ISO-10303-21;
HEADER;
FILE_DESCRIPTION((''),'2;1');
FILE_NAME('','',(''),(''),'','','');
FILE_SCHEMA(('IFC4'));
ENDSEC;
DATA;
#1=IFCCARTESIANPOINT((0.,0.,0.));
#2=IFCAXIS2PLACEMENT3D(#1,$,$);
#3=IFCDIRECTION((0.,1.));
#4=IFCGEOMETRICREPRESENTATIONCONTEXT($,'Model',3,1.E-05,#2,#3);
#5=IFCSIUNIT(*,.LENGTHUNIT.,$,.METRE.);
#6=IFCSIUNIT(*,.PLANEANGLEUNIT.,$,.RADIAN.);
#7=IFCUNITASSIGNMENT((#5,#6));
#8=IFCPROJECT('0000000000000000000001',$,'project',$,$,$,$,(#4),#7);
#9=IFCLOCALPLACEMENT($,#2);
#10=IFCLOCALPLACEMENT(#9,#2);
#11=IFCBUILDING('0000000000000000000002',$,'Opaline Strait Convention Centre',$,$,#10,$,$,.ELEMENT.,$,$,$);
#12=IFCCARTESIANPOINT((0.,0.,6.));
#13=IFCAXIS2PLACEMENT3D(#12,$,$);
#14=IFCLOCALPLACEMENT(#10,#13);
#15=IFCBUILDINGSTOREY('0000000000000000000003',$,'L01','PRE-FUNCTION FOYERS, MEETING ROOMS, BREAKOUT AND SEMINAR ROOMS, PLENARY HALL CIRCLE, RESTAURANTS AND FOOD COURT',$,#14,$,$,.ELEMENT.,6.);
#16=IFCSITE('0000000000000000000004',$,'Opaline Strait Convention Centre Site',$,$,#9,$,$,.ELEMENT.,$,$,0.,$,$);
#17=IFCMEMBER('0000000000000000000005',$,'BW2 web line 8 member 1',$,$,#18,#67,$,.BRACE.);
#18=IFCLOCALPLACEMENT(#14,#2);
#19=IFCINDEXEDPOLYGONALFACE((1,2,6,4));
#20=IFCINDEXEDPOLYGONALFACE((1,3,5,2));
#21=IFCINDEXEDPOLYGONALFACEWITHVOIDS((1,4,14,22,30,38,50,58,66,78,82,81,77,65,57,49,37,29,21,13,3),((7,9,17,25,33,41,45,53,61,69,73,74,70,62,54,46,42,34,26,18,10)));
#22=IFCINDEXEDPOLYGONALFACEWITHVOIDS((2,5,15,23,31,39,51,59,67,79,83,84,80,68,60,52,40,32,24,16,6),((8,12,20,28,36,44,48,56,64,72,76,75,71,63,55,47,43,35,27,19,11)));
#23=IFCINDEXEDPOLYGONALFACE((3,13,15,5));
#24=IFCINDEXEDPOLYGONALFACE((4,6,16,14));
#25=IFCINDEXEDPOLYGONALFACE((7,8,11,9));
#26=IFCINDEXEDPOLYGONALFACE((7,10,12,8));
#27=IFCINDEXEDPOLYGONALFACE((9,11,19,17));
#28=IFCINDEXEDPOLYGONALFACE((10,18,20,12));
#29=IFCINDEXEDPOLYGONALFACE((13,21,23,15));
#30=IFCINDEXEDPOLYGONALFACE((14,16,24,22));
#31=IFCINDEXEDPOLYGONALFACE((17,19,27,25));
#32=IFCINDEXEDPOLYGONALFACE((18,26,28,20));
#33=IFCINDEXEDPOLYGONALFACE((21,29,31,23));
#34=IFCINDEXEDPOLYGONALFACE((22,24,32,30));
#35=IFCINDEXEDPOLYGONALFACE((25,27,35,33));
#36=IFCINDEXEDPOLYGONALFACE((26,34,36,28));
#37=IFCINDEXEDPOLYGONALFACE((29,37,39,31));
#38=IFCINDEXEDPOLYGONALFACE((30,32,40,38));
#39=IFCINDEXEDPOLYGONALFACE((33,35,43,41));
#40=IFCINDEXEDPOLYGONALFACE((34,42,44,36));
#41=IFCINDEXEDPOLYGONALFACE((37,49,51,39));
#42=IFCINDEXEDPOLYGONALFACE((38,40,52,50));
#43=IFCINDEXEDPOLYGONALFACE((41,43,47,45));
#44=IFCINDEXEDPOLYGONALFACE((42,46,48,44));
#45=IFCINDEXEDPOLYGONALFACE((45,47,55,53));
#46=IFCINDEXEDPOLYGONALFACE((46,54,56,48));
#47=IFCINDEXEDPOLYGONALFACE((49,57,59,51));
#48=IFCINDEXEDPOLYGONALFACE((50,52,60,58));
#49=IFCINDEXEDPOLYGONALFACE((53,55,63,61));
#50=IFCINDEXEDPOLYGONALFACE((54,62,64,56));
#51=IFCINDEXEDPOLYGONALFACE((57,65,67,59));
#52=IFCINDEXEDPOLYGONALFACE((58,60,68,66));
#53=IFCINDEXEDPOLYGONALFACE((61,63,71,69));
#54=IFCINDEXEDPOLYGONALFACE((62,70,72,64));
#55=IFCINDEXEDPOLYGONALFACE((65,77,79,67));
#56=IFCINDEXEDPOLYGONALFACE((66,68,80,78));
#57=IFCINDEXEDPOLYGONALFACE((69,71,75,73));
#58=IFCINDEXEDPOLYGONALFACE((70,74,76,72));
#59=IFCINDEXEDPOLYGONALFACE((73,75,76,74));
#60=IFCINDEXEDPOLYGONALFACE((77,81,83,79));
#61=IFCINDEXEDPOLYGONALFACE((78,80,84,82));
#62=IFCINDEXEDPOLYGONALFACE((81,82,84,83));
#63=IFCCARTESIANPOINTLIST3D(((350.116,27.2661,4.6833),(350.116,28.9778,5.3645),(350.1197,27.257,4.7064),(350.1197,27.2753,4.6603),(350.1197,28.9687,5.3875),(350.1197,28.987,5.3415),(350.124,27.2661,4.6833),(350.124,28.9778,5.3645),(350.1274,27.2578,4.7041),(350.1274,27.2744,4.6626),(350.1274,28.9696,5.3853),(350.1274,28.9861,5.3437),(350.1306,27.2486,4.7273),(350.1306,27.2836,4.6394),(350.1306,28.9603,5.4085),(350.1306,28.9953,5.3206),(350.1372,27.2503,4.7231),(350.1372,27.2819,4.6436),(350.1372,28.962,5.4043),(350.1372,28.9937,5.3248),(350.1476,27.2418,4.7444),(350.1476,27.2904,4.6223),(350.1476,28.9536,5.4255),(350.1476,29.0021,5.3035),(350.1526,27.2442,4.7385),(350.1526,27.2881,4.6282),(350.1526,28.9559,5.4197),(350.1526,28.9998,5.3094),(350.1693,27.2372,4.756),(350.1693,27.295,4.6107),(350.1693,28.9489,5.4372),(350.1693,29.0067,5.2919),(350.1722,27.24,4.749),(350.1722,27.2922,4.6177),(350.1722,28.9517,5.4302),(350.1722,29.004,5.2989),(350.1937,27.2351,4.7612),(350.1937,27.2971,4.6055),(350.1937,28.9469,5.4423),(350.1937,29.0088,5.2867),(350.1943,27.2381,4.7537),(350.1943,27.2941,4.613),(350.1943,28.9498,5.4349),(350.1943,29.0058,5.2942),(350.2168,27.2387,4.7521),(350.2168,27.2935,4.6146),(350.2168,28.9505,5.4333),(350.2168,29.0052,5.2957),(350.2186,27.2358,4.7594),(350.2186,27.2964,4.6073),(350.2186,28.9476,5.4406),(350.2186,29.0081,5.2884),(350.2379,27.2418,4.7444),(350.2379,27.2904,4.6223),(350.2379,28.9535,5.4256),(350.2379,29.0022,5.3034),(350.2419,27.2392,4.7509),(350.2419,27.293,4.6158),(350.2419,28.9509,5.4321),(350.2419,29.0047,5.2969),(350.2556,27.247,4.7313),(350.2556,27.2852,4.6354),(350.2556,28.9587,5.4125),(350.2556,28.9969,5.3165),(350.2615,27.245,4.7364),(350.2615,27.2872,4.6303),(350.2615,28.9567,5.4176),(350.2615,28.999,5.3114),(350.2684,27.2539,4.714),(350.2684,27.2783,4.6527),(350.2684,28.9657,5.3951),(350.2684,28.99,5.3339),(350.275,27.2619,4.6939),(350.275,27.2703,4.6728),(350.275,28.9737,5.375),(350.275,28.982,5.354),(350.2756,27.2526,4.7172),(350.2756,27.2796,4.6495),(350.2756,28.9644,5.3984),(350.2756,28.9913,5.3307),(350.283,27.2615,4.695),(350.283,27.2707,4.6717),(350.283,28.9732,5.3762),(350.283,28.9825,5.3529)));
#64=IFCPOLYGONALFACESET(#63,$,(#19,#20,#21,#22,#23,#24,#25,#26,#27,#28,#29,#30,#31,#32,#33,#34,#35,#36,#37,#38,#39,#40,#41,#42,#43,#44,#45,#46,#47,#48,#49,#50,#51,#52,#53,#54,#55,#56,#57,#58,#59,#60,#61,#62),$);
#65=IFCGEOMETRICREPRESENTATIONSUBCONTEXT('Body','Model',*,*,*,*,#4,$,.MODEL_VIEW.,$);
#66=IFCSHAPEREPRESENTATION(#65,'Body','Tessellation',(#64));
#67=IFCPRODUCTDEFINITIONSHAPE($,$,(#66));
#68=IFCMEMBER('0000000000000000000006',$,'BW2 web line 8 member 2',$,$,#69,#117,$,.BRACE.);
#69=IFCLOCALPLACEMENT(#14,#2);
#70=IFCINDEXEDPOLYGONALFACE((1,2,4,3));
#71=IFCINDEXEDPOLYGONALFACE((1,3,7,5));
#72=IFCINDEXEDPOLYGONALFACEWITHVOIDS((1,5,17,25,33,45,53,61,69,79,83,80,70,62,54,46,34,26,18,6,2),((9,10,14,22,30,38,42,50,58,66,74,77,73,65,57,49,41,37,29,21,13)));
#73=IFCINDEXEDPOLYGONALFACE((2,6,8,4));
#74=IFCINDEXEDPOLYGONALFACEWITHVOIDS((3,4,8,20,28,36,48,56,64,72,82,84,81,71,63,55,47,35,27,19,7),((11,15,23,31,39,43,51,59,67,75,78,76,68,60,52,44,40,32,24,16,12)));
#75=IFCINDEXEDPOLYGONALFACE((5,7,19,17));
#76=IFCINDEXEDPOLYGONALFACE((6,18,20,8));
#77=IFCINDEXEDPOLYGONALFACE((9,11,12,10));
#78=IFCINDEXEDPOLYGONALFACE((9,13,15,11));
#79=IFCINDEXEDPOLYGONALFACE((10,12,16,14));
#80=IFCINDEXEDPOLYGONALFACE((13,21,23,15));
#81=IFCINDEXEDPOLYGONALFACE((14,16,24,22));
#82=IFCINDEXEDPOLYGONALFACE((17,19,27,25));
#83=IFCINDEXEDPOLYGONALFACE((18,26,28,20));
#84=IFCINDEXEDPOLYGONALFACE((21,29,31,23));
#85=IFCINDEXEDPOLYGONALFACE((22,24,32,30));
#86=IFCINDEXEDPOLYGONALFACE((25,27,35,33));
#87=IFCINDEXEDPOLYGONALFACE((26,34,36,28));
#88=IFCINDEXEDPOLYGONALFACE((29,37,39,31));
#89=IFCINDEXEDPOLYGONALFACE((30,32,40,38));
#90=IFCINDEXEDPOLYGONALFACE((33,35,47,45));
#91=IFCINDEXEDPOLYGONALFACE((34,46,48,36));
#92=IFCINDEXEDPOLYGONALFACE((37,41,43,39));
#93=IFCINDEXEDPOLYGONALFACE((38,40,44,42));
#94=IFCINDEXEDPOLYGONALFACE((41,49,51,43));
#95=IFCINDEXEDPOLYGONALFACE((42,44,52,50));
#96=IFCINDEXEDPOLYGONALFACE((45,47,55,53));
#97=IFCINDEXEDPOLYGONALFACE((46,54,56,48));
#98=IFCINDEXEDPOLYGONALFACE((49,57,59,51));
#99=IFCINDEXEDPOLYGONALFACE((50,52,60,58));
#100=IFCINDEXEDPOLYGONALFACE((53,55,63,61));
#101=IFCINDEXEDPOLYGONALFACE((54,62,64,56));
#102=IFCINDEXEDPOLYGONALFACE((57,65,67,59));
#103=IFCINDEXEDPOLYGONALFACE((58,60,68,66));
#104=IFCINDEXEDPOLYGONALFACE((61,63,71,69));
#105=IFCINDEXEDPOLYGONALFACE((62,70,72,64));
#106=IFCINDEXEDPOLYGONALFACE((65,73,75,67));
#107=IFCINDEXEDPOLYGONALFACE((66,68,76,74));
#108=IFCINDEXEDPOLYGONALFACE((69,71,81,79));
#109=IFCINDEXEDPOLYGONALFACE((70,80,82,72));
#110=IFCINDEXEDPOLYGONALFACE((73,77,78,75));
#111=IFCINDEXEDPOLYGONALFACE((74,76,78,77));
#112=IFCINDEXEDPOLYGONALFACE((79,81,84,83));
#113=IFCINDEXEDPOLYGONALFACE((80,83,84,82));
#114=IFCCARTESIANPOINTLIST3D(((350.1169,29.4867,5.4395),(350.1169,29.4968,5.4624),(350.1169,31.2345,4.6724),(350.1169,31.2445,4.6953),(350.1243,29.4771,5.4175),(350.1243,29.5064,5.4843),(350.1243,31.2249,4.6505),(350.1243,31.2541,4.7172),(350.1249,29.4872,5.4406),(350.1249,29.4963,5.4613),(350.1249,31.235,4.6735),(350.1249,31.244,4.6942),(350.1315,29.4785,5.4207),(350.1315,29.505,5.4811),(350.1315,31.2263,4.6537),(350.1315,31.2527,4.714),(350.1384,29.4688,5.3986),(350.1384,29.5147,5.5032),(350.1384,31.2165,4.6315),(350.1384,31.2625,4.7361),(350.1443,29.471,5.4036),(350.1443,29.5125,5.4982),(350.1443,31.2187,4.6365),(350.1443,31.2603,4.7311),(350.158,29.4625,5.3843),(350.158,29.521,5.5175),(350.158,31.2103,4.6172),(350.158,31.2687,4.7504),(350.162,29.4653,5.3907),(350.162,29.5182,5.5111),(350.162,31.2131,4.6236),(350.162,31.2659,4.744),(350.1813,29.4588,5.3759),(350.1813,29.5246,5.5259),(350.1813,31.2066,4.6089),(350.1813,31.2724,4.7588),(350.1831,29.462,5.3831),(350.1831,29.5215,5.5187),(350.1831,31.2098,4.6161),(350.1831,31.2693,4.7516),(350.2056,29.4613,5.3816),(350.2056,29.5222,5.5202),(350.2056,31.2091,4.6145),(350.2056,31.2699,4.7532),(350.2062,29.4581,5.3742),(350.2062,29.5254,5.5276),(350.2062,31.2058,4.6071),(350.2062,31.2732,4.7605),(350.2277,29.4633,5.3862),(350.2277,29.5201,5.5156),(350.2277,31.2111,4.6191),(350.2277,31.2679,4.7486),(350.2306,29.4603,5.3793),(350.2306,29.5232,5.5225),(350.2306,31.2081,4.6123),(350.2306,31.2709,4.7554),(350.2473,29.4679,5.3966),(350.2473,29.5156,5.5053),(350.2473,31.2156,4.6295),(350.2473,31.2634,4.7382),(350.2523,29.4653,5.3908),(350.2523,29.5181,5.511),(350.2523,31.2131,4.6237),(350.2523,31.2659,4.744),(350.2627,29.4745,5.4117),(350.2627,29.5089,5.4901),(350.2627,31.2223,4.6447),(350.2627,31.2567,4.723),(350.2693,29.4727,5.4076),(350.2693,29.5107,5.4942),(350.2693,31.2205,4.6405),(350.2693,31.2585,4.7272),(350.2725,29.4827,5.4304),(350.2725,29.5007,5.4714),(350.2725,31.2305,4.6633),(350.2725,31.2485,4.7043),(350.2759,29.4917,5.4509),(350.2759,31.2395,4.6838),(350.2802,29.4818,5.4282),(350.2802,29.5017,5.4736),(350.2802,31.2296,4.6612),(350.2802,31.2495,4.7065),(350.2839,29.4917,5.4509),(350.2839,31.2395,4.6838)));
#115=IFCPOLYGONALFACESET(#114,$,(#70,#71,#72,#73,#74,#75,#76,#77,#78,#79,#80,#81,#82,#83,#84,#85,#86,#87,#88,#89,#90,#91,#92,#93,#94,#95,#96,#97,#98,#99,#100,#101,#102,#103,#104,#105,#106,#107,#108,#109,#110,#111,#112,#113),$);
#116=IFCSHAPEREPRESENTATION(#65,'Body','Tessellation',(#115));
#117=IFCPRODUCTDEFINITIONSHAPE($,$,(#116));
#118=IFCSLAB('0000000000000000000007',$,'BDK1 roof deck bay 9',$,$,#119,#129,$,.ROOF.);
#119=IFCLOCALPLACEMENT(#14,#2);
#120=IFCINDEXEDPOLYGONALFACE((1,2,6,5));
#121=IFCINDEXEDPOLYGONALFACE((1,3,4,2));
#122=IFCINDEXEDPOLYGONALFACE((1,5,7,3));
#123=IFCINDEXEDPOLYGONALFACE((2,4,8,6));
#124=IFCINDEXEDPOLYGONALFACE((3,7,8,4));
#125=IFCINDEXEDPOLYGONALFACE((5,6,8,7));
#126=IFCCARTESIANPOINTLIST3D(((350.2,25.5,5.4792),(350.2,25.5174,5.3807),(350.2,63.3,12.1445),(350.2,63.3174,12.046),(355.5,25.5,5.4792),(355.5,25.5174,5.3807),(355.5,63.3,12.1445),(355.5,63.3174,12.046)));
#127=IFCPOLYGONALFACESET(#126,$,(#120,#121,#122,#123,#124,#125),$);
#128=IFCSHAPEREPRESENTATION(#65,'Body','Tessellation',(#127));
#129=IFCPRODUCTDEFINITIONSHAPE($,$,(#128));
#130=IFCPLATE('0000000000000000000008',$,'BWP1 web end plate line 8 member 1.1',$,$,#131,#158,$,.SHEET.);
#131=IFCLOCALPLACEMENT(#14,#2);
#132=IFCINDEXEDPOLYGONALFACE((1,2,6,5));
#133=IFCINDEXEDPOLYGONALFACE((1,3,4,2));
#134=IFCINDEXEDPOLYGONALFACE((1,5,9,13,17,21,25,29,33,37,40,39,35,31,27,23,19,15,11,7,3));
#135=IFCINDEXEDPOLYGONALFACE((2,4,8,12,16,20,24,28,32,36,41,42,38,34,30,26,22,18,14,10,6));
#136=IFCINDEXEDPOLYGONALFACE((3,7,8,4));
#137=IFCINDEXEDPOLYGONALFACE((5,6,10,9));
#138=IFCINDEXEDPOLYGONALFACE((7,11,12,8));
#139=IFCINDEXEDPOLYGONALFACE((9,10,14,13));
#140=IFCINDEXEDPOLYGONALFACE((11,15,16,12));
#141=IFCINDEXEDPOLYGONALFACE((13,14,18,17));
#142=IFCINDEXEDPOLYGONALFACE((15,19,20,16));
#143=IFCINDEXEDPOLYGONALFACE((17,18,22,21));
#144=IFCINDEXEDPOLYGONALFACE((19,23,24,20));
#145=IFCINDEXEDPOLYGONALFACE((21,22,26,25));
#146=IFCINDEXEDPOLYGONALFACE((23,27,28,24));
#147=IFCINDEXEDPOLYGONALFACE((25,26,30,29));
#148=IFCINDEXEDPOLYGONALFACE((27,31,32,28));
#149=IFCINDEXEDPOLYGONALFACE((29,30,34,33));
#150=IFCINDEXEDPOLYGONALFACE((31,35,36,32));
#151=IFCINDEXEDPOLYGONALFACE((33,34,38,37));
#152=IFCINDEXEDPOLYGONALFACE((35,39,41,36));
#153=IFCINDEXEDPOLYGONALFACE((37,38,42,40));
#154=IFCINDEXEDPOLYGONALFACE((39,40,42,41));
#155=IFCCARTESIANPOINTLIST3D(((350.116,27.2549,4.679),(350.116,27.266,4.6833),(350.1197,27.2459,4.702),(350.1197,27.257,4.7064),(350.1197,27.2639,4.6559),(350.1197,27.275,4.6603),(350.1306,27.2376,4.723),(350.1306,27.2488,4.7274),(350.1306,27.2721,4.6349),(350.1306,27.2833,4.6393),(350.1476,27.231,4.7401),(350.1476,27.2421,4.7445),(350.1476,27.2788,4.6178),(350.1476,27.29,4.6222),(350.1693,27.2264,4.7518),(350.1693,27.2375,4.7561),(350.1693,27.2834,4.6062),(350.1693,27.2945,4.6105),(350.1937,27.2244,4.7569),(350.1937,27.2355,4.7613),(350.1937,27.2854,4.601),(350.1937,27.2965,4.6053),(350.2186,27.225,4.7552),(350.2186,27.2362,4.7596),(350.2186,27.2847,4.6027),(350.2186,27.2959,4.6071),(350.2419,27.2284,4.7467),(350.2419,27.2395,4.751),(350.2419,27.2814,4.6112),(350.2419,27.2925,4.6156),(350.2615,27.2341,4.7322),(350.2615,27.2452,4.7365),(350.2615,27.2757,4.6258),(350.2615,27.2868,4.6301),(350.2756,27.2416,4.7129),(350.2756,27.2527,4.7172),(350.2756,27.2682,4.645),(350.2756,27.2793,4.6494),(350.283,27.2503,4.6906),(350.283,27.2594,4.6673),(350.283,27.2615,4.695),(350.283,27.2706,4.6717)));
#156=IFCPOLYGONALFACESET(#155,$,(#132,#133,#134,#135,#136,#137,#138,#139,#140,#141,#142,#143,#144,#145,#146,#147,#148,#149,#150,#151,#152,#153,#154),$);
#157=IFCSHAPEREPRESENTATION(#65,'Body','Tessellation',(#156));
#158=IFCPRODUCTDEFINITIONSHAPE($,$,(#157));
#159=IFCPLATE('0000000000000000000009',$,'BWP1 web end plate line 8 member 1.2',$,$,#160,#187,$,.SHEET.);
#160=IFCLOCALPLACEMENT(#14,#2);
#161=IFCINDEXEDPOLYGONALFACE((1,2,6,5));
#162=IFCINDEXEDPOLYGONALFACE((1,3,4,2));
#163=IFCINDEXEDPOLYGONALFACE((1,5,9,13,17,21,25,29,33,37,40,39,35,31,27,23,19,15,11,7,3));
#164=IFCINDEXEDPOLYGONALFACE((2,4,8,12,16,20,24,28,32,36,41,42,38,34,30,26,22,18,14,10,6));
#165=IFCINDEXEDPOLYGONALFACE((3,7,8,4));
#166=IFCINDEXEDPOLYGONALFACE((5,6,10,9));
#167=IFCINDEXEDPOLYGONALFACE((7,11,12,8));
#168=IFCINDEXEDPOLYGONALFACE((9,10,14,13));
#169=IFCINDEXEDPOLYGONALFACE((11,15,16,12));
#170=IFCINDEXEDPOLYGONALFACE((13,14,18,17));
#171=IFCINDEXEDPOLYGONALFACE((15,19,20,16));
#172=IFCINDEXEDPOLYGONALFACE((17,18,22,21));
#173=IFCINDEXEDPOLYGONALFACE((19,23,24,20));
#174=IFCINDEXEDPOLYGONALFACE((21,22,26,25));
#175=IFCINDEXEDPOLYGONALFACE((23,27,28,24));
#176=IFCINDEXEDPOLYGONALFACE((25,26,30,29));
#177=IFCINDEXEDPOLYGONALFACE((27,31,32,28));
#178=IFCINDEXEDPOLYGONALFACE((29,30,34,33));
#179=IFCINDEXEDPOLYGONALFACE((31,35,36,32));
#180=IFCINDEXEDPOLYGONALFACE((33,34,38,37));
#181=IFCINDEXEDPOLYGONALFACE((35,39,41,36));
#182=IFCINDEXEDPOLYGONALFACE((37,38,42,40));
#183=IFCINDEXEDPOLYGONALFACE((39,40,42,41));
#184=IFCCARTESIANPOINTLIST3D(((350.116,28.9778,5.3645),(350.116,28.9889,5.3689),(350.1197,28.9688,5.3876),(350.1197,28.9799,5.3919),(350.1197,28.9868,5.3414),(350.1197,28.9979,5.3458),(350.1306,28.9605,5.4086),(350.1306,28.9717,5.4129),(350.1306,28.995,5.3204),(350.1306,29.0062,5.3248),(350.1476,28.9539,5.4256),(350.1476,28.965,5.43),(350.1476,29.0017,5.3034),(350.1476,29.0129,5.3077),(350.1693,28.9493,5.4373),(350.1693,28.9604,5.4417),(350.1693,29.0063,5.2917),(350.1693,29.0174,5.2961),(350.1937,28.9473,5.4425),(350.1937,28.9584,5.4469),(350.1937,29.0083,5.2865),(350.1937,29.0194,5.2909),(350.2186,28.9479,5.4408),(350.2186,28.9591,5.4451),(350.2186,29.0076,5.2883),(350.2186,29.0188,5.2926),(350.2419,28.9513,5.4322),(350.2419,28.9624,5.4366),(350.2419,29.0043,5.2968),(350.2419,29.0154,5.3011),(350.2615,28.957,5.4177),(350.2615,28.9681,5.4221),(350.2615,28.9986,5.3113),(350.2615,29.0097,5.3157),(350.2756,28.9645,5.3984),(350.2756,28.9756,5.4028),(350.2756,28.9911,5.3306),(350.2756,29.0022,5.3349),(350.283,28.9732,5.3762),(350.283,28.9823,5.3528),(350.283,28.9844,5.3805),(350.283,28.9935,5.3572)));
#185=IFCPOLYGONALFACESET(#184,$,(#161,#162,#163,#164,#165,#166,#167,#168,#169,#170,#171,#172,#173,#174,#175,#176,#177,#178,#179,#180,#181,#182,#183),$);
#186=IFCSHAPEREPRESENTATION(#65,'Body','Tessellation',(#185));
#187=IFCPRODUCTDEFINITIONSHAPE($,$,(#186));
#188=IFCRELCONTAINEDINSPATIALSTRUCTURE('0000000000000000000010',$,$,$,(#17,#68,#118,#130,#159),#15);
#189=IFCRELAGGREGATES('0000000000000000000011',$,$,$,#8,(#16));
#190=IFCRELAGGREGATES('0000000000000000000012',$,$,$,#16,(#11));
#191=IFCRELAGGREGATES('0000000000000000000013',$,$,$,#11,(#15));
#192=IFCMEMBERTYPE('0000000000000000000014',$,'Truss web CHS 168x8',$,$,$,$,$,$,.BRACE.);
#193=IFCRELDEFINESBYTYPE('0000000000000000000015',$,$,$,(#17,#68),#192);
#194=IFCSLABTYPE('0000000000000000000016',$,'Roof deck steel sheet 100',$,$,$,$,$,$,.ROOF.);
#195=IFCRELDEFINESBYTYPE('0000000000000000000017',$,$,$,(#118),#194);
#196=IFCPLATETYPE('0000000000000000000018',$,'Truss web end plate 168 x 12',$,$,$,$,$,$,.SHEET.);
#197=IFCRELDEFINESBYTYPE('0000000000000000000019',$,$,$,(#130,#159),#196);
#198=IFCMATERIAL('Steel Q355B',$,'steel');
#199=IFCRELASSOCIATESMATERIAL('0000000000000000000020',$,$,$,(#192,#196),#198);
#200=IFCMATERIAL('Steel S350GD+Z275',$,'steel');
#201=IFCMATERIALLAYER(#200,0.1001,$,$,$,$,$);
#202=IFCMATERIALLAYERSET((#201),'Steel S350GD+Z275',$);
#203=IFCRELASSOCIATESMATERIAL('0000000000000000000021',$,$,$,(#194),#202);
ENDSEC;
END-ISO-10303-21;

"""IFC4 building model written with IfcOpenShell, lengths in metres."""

from ifc_helpers import new_model, si_unit, direction, frame, origin, origin_2d, place, context, subcontext, project, spatial, polyline, circle, hollow_circle, outline, extrude, material, layer, layer_set, material_profile, profile_set, type_object, element, save


model = new_model("IFC4")

# Units and contexts
model_context = context("Model", 3, precision=1e-05, world=origin(), true_north=direction((0.0, 1.0)))
body_context = subcontext(model_context, "Body", "Model", "MODEL_VIEW")
ifc_project = project(units=[si_unit("LENGTHUNIT", "METRE"), si_unit("PLANEANGLEUNIT", "RADIAN")], contexts=[model_context])

# Site, building, storey
site_placement = place(None, origin())
site = spatial("IfcSite", under=ifc_project, at=site_placement, Name="Opaline Strait Convention Centre Site", CompositionType="ELEMENT", RefElevation=0.0)
building_placement = place(site_placement, origin())
building = spatial("IfcBuilding", under=site, at=building_placement, Name="Opaline Strait Convention Centre", CompositionType="ELEMENT")
storey_placement = place(building_placement, frame((0.0, 0.0, 6.0)))
storey = spatial("IfcBuildingStorey", under=building, at=storey_placement, Name="L01", Description="PRE-FUNCTION FOYERS, MEETING ROOMS, BREAKOUT AND SEMINAR ROOMS, PLENARY HALL CIRCLE, RESTAURANTS AND FOOD COURT", CompositionType="ELEMENT", Elevation=6.0)

# Members
ifc_material_1 = material(Name="Steel Q355B", Category="steel")
ifc_material_profile_1 = material_profile(ifc_material_1, hollow_circle(Radius=0.084, WallThickness=0.0081, at=origin_2d()), Name="CHS 168x8")
ifc_profile_set_1 = profile_set([ifc_material_profile_1], Name="Steel Q355B")
member_type_1 = type_object("IfcMemberType", Name="Truss web CHS 168x8", PredefinedType="BRACE", material=ifc_profile_set_1)
member_1_placement = place(storey_placement, frame((350.2, 27.2661, 4.6833), z_axis=(0.0, 0.929133, 0.369745), x_axis=(-1.0, 0.0, 0.0)))
element("IfcMember", 1, at=member_1_placement, inside=storey, type_object=member_type_1, Name="BW2 web line 8 member 1", PredefinedType="BRACE", context=body_context, shape_type="SweptSolid", body=[
    extrude(hollow_circle(Radius=0.084, WallThickness=0.0081, at=origin_2d()), origin(), (0.0, 0.0, 1.0), 1.8423),
])
member_2_placement = place(storey_placement, frame((350.2, 31.2395, 4.6838), z_axis=(0.0, -0.91569, 0.401885), x_axis=(1.0, 0.0, 0.0)))
element("IfcMember", 2, at=member_2_placement, inside=storey, type_object=member_type_1, Name="BW2 web line 8 member 2", PredefinedType="BRACE", context=body_context, shape_type="SweptSolid", body=[
    extrude(hollow_circle(Radius=0.084, WallThickness=0.0081, at=origin_2d()), origin(), (0.0, 0.0, 1.0), 1.9087),
])

# Slab
ifc_material_2 = material(Name="Steel S350GD+Z275", Category="steel")
ifc_layer_1 = layer(ifc_material_2, 0.1001)
ifc_layer_set_1 = layer_set([ifc_layer_1], Name="Steel S350GD+Z275")
slab_type = type_object("IfcSlabType", Name="Roof deck steel sheet 100", PredefinedType="ROOF", material=ifc_layer_set_1)
slab_placement = place(storey_placement, frame((350.2, 25.5, 5.4792), z_axis=(0.0, -0.173651, 0.984807), x_axis=(1.0, 0.0, 0.0)))
element("IfcSlab", 3, at=slab_placement, inside=storey, type_object=slab_type, Name="BDK1 roof deck bay 9", PredefinedType="ROOF", context=body_context, shape_type="SweptSolid", body=[
    extrude(outline(polyline([(0.0, 0.0), (5.3, 0.0), (5.3, 38.3832), (0.0, 38.3832), (0.0, 0.0)])), origin(), (0.0, 0.0, -1.0), 0.1001),
])

# Plates
ifc_material_profile_2 = material_profile(ifc_material_1, circle(Radius=0.084, at=origin_2d()), Name="D168")
ifc_profile_set_2 = profile_set([ifc_material_profile_2], Name="Steel Q355B")
plate_type = type_object("IfcPlateType", Name="Truss web end plate 168 x 12", PredefinedType="SHEET", material=ifc_profile_set_2)
for number, where, z_axis, x_axis, name in (
    (4, (350.2, 27.2549, 4.679), (0.0, 0.931243, 0.364399), (-1.0, 0.0, 0.0), "BWP1 web end plate line 8 member 1.1"),
    (5, (350.2, 28.9778, 5.3645), (0.0, 0.931243, 0.364399), (-1.0, 0.0, 0.0), "BWP1 web end plate line 8 member 1.2"),
):
    element("IfcPlate", number, at=place(storey_placement, frame(where, z_axis=z_axis, x_axis=x_axis)), inside=storey, type_object=plate_type, Name=name, PredefinedType="SHEET", context=body_context, shape_type="SweptSolid", body=[
        extrude(circle(Radius=0.084, at=origin_2d()), origin(), (0.0, 0.0, 1.0), 0.012),
    ])

save(model, "model.ifc")
